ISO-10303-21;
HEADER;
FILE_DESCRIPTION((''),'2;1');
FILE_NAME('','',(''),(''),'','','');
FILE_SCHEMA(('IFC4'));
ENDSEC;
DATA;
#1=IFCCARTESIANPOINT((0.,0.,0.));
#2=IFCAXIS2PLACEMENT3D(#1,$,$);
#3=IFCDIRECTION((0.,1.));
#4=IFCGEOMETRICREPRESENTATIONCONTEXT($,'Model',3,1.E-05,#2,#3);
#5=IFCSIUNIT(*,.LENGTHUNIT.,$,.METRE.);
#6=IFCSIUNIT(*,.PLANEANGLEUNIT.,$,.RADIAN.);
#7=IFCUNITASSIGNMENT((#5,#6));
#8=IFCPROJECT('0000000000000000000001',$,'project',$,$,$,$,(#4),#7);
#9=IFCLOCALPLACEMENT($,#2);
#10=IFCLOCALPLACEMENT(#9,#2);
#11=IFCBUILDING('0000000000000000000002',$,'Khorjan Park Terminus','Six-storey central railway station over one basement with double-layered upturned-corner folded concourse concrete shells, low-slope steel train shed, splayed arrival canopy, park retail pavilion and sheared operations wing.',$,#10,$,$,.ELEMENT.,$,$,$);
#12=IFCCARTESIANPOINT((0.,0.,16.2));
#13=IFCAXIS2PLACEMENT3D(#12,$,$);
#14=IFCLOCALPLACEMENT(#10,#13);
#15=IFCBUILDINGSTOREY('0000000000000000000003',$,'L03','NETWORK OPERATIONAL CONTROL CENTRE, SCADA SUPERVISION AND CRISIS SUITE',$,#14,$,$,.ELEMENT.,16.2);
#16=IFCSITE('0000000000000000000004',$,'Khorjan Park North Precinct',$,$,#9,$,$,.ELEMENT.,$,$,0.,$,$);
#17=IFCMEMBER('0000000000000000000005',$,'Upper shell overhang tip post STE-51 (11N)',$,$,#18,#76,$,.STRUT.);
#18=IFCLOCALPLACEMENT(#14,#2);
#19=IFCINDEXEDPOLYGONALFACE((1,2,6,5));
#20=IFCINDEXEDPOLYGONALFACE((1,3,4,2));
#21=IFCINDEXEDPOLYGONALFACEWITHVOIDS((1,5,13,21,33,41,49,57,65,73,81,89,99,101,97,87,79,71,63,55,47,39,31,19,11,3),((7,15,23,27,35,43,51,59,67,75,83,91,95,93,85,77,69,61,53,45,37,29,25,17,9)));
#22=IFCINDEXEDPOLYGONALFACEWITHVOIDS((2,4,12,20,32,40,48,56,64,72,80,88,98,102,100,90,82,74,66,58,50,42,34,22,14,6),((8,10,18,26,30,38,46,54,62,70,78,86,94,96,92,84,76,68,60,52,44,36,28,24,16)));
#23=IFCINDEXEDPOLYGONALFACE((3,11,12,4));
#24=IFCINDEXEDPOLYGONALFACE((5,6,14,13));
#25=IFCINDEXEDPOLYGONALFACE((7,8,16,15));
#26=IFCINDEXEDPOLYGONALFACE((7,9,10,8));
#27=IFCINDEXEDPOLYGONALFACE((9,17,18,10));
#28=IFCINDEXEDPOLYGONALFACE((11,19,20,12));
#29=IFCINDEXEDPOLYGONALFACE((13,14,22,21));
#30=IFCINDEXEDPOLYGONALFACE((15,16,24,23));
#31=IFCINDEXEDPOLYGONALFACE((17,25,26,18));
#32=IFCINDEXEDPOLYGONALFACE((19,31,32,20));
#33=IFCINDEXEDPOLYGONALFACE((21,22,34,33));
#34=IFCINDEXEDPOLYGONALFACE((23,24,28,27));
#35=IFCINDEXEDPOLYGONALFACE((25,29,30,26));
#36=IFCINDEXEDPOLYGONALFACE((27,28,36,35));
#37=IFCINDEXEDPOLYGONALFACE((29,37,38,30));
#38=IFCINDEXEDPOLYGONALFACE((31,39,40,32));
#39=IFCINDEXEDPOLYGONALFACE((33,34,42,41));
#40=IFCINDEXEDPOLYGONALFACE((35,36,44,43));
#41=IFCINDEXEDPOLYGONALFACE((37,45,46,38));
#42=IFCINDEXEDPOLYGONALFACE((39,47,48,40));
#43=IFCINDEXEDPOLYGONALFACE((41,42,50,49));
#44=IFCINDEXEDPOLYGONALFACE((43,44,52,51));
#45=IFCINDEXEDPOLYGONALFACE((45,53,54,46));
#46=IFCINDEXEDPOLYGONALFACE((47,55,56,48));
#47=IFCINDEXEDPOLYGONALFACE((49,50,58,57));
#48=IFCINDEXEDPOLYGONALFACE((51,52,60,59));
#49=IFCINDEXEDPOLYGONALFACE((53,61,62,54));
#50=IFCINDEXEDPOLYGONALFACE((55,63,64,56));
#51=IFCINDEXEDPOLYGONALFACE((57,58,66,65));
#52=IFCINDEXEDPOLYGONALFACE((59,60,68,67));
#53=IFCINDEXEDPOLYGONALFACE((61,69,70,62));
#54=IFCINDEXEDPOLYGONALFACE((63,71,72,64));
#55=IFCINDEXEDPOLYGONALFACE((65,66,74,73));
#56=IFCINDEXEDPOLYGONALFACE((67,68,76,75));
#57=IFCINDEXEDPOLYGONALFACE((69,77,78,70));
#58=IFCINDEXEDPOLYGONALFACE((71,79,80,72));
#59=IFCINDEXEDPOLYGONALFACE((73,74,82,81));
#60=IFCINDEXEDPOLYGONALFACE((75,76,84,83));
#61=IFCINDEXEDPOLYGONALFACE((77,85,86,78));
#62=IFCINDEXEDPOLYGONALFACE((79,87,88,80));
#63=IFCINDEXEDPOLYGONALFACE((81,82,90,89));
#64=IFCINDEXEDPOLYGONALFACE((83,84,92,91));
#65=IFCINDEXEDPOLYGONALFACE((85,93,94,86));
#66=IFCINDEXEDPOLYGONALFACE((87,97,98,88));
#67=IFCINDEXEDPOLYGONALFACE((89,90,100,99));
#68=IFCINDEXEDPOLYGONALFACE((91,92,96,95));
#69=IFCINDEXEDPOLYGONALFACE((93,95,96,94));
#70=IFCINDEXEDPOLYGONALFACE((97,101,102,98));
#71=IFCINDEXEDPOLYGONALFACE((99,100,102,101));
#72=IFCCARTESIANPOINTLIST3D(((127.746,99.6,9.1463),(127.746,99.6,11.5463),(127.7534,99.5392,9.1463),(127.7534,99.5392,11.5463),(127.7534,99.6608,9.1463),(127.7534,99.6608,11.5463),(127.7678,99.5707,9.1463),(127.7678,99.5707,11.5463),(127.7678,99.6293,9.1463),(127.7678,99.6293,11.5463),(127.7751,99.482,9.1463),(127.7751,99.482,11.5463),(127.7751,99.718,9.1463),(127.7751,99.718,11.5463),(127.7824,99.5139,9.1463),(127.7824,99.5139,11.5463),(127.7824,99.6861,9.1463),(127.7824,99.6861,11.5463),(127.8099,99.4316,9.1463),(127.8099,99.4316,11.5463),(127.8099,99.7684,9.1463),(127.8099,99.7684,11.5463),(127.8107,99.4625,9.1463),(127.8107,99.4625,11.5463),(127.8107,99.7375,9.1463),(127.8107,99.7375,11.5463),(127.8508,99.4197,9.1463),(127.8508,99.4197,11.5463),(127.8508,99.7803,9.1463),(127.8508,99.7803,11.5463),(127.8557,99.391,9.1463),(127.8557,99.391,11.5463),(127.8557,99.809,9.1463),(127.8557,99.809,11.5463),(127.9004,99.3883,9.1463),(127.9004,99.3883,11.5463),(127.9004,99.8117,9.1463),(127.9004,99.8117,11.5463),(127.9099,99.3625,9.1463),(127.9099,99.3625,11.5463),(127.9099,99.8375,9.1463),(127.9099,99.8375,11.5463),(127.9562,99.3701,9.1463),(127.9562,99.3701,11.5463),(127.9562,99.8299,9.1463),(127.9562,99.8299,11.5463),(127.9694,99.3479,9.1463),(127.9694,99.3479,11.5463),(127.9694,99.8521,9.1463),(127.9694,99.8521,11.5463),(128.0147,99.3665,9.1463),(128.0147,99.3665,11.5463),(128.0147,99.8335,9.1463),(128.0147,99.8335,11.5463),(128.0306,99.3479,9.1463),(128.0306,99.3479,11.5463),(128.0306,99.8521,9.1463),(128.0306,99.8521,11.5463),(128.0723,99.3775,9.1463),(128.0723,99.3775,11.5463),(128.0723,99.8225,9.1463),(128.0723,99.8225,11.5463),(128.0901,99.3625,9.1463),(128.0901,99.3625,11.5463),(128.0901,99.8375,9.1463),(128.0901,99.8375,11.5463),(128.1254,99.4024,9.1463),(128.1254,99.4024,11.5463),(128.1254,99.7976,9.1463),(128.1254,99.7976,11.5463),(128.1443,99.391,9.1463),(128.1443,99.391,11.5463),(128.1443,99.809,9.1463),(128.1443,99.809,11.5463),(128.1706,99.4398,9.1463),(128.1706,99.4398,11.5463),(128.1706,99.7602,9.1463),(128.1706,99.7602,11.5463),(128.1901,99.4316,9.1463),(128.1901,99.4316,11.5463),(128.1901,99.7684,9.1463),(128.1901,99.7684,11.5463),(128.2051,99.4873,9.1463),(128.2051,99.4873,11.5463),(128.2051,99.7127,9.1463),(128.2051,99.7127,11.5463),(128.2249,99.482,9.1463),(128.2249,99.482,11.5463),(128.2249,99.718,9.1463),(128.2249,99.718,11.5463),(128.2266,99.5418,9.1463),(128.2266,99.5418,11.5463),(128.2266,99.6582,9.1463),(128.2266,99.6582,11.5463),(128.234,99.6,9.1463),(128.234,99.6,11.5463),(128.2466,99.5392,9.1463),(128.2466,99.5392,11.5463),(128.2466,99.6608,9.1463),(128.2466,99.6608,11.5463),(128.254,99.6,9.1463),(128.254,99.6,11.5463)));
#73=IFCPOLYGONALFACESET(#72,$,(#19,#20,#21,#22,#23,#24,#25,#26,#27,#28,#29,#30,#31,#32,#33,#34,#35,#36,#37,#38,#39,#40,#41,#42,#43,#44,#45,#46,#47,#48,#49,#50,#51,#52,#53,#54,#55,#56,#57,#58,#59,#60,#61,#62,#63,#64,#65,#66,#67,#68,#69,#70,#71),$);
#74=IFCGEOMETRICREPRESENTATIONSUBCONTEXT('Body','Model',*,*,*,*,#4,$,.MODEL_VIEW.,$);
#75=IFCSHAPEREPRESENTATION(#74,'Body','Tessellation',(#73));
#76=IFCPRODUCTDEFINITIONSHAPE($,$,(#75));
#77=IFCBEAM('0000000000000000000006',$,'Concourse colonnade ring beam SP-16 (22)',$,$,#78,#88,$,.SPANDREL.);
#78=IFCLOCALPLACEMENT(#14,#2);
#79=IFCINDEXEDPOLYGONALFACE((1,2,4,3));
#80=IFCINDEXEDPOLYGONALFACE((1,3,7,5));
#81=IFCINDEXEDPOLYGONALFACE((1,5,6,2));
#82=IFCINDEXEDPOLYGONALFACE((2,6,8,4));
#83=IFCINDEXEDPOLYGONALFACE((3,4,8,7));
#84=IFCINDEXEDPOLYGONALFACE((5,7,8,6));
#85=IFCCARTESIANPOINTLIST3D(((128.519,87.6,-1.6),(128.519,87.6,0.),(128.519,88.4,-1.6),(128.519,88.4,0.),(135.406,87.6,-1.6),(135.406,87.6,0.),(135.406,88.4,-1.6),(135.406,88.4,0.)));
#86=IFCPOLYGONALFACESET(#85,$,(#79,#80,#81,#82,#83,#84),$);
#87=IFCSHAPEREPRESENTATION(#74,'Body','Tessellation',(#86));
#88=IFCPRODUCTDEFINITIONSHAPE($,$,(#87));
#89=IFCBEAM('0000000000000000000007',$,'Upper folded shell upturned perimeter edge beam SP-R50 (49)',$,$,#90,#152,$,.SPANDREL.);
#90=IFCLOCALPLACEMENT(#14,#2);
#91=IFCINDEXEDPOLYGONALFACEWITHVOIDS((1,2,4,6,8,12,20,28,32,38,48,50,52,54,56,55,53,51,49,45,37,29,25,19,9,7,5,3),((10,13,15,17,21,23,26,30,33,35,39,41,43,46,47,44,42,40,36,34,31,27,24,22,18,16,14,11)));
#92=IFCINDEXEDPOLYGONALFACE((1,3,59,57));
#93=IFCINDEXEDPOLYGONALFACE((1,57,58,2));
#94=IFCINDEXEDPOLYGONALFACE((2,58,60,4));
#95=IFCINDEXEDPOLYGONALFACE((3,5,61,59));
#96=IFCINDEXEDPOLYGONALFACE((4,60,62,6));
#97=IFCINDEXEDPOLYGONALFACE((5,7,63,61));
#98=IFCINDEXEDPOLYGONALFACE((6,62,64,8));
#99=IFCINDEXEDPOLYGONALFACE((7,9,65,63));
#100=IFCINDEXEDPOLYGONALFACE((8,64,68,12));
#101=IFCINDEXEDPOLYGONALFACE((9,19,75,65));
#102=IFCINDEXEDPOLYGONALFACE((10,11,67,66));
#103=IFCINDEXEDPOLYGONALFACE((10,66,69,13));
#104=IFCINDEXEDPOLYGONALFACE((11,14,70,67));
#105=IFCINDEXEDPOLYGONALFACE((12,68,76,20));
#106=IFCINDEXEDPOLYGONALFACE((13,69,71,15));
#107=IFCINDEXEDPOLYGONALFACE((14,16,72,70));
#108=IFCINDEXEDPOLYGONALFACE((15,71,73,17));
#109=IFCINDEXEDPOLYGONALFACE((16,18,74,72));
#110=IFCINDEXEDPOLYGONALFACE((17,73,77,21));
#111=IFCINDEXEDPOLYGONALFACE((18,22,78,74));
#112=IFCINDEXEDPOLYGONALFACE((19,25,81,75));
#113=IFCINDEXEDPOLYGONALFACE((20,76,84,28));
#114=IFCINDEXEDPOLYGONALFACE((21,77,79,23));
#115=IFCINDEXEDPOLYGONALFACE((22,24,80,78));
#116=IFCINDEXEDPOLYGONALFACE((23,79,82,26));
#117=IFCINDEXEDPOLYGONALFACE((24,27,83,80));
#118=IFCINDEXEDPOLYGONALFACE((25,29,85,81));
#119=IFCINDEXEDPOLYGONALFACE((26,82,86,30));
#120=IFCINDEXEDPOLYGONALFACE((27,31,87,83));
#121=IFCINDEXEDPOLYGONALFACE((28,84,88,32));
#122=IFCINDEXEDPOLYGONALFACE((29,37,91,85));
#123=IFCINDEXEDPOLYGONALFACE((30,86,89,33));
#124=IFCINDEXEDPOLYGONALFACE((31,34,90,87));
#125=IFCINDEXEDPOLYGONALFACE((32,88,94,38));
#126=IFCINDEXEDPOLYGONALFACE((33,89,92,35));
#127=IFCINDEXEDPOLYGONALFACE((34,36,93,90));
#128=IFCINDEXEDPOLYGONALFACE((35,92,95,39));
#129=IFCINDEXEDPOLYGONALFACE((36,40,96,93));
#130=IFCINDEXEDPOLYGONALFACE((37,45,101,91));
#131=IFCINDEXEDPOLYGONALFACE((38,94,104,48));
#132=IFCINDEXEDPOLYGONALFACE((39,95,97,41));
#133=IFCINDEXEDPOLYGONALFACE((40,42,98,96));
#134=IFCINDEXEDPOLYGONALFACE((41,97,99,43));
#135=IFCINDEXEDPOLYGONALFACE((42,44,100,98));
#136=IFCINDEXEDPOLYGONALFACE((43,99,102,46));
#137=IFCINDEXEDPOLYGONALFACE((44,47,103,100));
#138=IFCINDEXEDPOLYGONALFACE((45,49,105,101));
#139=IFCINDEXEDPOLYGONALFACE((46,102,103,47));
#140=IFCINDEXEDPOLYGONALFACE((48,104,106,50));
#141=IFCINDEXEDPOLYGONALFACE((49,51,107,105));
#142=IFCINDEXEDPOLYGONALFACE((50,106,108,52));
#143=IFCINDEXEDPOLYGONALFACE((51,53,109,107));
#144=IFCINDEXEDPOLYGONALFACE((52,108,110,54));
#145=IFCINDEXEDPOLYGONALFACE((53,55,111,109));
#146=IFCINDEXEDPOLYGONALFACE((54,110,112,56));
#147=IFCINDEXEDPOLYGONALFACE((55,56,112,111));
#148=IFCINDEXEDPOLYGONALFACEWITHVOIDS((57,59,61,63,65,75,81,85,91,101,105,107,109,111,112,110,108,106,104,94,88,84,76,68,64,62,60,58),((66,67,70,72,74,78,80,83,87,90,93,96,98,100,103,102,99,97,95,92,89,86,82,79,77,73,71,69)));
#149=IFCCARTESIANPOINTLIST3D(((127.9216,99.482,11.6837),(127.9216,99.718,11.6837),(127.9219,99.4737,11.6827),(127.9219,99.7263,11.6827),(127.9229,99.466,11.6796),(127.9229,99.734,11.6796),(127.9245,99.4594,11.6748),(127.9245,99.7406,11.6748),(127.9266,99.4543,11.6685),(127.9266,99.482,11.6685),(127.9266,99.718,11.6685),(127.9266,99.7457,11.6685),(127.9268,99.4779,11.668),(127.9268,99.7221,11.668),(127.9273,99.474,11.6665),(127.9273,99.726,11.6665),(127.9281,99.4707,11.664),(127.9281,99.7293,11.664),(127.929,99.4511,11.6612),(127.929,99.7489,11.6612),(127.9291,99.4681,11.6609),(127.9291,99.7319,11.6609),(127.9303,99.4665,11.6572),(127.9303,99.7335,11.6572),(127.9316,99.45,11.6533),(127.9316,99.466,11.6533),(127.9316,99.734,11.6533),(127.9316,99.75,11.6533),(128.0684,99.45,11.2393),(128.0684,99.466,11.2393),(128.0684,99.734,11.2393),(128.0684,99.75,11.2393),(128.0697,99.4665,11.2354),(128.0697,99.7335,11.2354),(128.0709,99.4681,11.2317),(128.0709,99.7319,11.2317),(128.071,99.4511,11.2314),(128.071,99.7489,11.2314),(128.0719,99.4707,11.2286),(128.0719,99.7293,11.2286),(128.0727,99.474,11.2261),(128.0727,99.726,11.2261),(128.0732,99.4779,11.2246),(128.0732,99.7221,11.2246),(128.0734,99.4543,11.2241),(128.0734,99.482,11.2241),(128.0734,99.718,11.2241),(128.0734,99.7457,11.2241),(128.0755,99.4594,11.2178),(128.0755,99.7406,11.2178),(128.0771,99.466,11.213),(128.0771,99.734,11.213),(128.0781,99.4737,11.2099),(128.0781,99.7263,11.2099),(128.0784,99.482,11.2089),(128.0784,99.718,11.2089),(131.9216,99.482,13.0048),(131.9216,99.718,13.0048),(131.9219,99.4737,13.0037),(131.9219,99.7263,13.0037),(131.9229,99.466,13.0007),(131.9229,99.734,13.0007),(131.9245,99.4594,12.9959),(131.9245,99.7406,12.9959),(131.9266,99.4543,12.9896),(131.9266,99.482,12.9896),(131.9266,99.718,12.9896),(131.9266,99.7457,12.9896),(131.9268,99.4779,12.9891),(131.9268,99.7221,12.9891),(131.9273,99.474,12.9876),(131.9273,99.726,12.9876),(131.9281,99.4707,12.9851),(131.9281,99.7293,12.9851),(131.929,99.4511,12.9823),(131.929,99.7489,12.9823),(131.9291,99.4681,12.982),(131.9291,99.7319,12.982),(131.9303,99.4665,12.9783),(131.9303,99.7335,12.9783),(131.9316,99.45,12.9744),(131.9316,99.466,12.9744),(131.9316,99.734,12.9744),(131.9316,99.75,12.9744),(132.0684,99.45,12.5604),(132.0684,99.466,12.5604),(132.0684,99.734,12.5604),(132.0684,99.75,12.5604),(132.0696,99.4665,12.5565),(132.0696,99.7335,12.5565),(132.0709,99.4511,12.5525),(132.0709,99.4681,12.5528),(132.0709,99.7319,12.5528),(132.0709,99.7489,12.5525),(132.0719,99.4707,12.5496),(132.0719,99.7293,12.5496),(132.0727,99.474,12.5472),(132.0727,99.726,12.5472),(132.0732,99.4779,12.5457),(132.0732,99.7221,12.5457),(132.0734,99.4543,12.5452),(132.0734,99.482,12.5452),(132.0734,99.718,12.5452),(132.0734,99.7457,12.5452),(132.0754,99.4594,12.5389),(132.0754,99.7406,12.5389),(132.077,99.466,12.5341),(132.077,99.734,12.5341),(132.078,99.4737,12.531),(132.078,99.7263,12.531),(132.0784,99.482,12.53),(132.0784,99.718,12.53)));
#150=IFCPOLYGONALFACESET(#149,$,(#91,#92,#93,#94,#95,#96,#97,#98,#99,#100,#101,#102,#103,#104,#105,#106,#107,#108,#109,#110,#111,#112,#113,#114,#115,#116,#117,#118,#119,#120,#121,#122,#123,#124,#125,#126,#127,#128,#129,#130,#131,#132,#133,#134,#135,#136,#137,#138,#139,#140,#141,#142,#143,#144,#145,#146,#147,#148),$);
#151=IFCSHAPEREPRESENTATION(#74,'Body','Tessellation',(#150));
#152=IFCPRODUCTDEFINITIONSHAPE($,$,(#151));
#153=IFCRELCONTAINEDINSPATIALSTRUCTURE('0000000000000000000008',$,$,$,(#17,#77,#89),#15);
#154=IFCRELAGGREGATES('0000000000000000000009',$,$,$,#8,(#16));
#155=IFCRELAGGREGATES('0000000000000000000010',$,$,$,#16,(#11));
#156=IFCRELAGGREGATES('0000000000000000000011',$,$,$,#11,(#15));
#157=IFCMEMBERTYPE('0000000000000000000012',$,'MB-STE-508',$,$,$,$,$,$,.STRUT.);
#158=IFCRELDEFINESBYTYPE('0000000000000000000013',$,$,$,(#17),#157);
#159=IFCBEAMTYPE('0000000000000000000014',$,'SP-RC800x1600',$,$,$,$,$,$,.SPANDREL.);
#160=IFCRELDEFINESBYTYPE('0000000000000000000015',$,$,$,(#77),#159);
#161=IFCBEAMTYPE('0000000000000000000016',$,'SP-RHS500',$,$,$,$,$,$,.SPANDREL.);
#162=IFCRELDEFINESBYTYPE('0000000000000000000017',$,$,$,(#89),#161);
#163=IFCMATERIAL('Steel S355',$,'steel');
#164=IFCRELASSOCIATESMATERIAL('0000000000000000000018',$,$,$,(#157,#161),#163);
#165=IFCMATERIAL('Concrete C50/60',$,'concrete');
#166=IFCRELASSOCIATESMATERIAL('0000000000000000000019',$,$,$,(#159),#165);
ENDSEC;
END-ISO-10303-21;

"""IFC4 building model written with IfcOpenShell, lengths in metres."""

from ifc_helpers import new_model, si_unit, direction, frame, origin, origin_2d, place, context, subcontext, project, spatial, rectangle, hollow_rectangle, hollow_circle, extrude, material, material_profile, profile_set, type_object, element, save


model = new_model("IFC4")

# Units and contexts
model_context = context("Model", 3, precision=1e-05, world=origin(), true_north=direction((0.0, 1.0)))
body_context = subcontext(model_context, "Body", "Model", "MODEL_VIEW")
ifc_project = project(units=[si_unit("LENGTHUNIT", "METRE"), si_unit("PLANEANGLEUNIT", "RADIAN")], contexts=[model_context])

# Site, building, storey
site_placement = place(None, origin())
site = spatial("IfcSite", under=ifc_project, at=site_placement, Name="Khorjan Park North Precinct", CompositionType="ELEMENT", RefElevation=0.0)
building_placement = place(site_placement, origin())
building = spatial("IfcBuilding", under=site, at=building_placement, Name="Khorjan Park Terminus", Description="Six-storey central railway station over one basement with double-layered upturned-corner folded concourse concrete shells, low-slope steel train shed, splayed arrival canopy, park retail pavilion and sheared operations wing.", CompositionType="ELEMENT")
storey_placement = place(building_placement, frame((0.0, 0.0, 16.2)))
storey = spatial("IfcBuildingStorey", under=building, at=storey_placement, Name="L03", Description="NETWORK OPERATIONAL CONTROL CENTRE, SCADA SUPERVISION AND CRISIS SUITE", CompositionType="ELEMENT", Elevation=16.2)

# Shared definitions
ifc_material_1 = material(Name="Concrete C50/60", Category="concrete")

# Member
ifc_material_2 = material(Name="Steel S355", Category="steel")
ifc_material_profile_1 = material_profile(ifc_material_2, hollow_circle(Radius=0.254, WallThickness=0.02, at=origin_2d()), Name="CHS 508x20")
ifc_profile_set_1 = profile_set([ifc_material_profile_1], Name="Steel S355")
member_type_1 = type_object("IfcMemberType", Name="MB-STE-508", PredefinedType="STRUT", material=ifc_profile_set_1)
member_1_placement = place(storey_placement, frame((128.0, 99.6, 9.1463), z_axis=(0.0, 0.0, 1.0), x_axis=(1.0, 0.0, 0.0)))
element("IfcMember", 1, at=member_1_placement, inside=storey, type_object=member_type_1, Name="Upper shell overhang tip post STE-51 (11N)", PredefinedType="STRUT", context=body_context, shape_type="SweptSolid", body=[
    extrude(hollow_circle(Radius=0.254, WallThickness=0.02, at=origin_2d()), origin(), (0.0, 0.0, 1.0), 2.4),
])

# Beams
ifc_material_profile_2 = material_profile(ifc_material_1, rectangle(XDim=0.8, YDim=1.6, at=origin_2d()), Name="RC 800x1600")
ifc_profile_set_2 = profile_set([ifc_material_profile_2], Name="Concrete C50/60")
beam_type_1 = type_object("IfcBeamType", Name="SP-RC800x1600", PredefinedType="SPANDREL", material=ifc_profile_set_2)
beam_1_placement = place(storey_placement, frame((128.519, 88.0, -0.8), z_axis=(1.0, 0.0, 0.0), x_axis=(0.0, 1.0, 0.0)))
element("IfcBeam", 2, at=beam_1_placement, inside=storey, type_object=beam_type_1, Name="Concourse colonnade ring beam SP-16 (22)", PredefinedType="SPANDREL", context=body_context, shape_type="SweptSolid", body=[
    extrude(rectangle(XDim=0.8, YDim=1.6, at=origin_2d()), origin(), (0.0, 0.0, 1.0), 6.887),
])
ifc_material_profile_3 = material_profile(ifc_material_2, hollow_rectangle(XDim=0.3, YDim=0.5, WallThickness=0.016, InnerFilletRadius=0.016, OuterFilletRadius=0.032, at=origin_2d()), Name="RHS 500x300x16")
ifc_profile_set_3 = profile_set([ifc_material_profile_3], Name="Steel S355")
beam_type_2 = type_object("IfcBeamType", Name="SP-RHS500", PredefinedType="SPANDREL", material=ifc_profile_set_3)
beam_2_placement = place(storey_placement, frame((128.0, 99.6, 11.4463), z_axis=(0.949551, 0.0, 0.313613), x_axis=(0.0, 1.0, 0.0)))
element("IfcBeam", 3, at=beam_2_placement, inside=storey, type_object=beam_type_2, Name="Upper folded shell upturned perimeter edge beam SP-R50 (49)", PredefinedType="SPANDREL", context=body_context, shape_type="SweptSolid", body=[
    extrude(hollow_rectangle(XDim=0.3, YDim=0.5, WallThickness=0.016, InnerFilletRadius=0.016, OuterFilletRadius=0.032, at=origin_2d()), origin(), (0.0, 0.0, 1.0), 4.2125),
])

save(model, "model.ifc")
